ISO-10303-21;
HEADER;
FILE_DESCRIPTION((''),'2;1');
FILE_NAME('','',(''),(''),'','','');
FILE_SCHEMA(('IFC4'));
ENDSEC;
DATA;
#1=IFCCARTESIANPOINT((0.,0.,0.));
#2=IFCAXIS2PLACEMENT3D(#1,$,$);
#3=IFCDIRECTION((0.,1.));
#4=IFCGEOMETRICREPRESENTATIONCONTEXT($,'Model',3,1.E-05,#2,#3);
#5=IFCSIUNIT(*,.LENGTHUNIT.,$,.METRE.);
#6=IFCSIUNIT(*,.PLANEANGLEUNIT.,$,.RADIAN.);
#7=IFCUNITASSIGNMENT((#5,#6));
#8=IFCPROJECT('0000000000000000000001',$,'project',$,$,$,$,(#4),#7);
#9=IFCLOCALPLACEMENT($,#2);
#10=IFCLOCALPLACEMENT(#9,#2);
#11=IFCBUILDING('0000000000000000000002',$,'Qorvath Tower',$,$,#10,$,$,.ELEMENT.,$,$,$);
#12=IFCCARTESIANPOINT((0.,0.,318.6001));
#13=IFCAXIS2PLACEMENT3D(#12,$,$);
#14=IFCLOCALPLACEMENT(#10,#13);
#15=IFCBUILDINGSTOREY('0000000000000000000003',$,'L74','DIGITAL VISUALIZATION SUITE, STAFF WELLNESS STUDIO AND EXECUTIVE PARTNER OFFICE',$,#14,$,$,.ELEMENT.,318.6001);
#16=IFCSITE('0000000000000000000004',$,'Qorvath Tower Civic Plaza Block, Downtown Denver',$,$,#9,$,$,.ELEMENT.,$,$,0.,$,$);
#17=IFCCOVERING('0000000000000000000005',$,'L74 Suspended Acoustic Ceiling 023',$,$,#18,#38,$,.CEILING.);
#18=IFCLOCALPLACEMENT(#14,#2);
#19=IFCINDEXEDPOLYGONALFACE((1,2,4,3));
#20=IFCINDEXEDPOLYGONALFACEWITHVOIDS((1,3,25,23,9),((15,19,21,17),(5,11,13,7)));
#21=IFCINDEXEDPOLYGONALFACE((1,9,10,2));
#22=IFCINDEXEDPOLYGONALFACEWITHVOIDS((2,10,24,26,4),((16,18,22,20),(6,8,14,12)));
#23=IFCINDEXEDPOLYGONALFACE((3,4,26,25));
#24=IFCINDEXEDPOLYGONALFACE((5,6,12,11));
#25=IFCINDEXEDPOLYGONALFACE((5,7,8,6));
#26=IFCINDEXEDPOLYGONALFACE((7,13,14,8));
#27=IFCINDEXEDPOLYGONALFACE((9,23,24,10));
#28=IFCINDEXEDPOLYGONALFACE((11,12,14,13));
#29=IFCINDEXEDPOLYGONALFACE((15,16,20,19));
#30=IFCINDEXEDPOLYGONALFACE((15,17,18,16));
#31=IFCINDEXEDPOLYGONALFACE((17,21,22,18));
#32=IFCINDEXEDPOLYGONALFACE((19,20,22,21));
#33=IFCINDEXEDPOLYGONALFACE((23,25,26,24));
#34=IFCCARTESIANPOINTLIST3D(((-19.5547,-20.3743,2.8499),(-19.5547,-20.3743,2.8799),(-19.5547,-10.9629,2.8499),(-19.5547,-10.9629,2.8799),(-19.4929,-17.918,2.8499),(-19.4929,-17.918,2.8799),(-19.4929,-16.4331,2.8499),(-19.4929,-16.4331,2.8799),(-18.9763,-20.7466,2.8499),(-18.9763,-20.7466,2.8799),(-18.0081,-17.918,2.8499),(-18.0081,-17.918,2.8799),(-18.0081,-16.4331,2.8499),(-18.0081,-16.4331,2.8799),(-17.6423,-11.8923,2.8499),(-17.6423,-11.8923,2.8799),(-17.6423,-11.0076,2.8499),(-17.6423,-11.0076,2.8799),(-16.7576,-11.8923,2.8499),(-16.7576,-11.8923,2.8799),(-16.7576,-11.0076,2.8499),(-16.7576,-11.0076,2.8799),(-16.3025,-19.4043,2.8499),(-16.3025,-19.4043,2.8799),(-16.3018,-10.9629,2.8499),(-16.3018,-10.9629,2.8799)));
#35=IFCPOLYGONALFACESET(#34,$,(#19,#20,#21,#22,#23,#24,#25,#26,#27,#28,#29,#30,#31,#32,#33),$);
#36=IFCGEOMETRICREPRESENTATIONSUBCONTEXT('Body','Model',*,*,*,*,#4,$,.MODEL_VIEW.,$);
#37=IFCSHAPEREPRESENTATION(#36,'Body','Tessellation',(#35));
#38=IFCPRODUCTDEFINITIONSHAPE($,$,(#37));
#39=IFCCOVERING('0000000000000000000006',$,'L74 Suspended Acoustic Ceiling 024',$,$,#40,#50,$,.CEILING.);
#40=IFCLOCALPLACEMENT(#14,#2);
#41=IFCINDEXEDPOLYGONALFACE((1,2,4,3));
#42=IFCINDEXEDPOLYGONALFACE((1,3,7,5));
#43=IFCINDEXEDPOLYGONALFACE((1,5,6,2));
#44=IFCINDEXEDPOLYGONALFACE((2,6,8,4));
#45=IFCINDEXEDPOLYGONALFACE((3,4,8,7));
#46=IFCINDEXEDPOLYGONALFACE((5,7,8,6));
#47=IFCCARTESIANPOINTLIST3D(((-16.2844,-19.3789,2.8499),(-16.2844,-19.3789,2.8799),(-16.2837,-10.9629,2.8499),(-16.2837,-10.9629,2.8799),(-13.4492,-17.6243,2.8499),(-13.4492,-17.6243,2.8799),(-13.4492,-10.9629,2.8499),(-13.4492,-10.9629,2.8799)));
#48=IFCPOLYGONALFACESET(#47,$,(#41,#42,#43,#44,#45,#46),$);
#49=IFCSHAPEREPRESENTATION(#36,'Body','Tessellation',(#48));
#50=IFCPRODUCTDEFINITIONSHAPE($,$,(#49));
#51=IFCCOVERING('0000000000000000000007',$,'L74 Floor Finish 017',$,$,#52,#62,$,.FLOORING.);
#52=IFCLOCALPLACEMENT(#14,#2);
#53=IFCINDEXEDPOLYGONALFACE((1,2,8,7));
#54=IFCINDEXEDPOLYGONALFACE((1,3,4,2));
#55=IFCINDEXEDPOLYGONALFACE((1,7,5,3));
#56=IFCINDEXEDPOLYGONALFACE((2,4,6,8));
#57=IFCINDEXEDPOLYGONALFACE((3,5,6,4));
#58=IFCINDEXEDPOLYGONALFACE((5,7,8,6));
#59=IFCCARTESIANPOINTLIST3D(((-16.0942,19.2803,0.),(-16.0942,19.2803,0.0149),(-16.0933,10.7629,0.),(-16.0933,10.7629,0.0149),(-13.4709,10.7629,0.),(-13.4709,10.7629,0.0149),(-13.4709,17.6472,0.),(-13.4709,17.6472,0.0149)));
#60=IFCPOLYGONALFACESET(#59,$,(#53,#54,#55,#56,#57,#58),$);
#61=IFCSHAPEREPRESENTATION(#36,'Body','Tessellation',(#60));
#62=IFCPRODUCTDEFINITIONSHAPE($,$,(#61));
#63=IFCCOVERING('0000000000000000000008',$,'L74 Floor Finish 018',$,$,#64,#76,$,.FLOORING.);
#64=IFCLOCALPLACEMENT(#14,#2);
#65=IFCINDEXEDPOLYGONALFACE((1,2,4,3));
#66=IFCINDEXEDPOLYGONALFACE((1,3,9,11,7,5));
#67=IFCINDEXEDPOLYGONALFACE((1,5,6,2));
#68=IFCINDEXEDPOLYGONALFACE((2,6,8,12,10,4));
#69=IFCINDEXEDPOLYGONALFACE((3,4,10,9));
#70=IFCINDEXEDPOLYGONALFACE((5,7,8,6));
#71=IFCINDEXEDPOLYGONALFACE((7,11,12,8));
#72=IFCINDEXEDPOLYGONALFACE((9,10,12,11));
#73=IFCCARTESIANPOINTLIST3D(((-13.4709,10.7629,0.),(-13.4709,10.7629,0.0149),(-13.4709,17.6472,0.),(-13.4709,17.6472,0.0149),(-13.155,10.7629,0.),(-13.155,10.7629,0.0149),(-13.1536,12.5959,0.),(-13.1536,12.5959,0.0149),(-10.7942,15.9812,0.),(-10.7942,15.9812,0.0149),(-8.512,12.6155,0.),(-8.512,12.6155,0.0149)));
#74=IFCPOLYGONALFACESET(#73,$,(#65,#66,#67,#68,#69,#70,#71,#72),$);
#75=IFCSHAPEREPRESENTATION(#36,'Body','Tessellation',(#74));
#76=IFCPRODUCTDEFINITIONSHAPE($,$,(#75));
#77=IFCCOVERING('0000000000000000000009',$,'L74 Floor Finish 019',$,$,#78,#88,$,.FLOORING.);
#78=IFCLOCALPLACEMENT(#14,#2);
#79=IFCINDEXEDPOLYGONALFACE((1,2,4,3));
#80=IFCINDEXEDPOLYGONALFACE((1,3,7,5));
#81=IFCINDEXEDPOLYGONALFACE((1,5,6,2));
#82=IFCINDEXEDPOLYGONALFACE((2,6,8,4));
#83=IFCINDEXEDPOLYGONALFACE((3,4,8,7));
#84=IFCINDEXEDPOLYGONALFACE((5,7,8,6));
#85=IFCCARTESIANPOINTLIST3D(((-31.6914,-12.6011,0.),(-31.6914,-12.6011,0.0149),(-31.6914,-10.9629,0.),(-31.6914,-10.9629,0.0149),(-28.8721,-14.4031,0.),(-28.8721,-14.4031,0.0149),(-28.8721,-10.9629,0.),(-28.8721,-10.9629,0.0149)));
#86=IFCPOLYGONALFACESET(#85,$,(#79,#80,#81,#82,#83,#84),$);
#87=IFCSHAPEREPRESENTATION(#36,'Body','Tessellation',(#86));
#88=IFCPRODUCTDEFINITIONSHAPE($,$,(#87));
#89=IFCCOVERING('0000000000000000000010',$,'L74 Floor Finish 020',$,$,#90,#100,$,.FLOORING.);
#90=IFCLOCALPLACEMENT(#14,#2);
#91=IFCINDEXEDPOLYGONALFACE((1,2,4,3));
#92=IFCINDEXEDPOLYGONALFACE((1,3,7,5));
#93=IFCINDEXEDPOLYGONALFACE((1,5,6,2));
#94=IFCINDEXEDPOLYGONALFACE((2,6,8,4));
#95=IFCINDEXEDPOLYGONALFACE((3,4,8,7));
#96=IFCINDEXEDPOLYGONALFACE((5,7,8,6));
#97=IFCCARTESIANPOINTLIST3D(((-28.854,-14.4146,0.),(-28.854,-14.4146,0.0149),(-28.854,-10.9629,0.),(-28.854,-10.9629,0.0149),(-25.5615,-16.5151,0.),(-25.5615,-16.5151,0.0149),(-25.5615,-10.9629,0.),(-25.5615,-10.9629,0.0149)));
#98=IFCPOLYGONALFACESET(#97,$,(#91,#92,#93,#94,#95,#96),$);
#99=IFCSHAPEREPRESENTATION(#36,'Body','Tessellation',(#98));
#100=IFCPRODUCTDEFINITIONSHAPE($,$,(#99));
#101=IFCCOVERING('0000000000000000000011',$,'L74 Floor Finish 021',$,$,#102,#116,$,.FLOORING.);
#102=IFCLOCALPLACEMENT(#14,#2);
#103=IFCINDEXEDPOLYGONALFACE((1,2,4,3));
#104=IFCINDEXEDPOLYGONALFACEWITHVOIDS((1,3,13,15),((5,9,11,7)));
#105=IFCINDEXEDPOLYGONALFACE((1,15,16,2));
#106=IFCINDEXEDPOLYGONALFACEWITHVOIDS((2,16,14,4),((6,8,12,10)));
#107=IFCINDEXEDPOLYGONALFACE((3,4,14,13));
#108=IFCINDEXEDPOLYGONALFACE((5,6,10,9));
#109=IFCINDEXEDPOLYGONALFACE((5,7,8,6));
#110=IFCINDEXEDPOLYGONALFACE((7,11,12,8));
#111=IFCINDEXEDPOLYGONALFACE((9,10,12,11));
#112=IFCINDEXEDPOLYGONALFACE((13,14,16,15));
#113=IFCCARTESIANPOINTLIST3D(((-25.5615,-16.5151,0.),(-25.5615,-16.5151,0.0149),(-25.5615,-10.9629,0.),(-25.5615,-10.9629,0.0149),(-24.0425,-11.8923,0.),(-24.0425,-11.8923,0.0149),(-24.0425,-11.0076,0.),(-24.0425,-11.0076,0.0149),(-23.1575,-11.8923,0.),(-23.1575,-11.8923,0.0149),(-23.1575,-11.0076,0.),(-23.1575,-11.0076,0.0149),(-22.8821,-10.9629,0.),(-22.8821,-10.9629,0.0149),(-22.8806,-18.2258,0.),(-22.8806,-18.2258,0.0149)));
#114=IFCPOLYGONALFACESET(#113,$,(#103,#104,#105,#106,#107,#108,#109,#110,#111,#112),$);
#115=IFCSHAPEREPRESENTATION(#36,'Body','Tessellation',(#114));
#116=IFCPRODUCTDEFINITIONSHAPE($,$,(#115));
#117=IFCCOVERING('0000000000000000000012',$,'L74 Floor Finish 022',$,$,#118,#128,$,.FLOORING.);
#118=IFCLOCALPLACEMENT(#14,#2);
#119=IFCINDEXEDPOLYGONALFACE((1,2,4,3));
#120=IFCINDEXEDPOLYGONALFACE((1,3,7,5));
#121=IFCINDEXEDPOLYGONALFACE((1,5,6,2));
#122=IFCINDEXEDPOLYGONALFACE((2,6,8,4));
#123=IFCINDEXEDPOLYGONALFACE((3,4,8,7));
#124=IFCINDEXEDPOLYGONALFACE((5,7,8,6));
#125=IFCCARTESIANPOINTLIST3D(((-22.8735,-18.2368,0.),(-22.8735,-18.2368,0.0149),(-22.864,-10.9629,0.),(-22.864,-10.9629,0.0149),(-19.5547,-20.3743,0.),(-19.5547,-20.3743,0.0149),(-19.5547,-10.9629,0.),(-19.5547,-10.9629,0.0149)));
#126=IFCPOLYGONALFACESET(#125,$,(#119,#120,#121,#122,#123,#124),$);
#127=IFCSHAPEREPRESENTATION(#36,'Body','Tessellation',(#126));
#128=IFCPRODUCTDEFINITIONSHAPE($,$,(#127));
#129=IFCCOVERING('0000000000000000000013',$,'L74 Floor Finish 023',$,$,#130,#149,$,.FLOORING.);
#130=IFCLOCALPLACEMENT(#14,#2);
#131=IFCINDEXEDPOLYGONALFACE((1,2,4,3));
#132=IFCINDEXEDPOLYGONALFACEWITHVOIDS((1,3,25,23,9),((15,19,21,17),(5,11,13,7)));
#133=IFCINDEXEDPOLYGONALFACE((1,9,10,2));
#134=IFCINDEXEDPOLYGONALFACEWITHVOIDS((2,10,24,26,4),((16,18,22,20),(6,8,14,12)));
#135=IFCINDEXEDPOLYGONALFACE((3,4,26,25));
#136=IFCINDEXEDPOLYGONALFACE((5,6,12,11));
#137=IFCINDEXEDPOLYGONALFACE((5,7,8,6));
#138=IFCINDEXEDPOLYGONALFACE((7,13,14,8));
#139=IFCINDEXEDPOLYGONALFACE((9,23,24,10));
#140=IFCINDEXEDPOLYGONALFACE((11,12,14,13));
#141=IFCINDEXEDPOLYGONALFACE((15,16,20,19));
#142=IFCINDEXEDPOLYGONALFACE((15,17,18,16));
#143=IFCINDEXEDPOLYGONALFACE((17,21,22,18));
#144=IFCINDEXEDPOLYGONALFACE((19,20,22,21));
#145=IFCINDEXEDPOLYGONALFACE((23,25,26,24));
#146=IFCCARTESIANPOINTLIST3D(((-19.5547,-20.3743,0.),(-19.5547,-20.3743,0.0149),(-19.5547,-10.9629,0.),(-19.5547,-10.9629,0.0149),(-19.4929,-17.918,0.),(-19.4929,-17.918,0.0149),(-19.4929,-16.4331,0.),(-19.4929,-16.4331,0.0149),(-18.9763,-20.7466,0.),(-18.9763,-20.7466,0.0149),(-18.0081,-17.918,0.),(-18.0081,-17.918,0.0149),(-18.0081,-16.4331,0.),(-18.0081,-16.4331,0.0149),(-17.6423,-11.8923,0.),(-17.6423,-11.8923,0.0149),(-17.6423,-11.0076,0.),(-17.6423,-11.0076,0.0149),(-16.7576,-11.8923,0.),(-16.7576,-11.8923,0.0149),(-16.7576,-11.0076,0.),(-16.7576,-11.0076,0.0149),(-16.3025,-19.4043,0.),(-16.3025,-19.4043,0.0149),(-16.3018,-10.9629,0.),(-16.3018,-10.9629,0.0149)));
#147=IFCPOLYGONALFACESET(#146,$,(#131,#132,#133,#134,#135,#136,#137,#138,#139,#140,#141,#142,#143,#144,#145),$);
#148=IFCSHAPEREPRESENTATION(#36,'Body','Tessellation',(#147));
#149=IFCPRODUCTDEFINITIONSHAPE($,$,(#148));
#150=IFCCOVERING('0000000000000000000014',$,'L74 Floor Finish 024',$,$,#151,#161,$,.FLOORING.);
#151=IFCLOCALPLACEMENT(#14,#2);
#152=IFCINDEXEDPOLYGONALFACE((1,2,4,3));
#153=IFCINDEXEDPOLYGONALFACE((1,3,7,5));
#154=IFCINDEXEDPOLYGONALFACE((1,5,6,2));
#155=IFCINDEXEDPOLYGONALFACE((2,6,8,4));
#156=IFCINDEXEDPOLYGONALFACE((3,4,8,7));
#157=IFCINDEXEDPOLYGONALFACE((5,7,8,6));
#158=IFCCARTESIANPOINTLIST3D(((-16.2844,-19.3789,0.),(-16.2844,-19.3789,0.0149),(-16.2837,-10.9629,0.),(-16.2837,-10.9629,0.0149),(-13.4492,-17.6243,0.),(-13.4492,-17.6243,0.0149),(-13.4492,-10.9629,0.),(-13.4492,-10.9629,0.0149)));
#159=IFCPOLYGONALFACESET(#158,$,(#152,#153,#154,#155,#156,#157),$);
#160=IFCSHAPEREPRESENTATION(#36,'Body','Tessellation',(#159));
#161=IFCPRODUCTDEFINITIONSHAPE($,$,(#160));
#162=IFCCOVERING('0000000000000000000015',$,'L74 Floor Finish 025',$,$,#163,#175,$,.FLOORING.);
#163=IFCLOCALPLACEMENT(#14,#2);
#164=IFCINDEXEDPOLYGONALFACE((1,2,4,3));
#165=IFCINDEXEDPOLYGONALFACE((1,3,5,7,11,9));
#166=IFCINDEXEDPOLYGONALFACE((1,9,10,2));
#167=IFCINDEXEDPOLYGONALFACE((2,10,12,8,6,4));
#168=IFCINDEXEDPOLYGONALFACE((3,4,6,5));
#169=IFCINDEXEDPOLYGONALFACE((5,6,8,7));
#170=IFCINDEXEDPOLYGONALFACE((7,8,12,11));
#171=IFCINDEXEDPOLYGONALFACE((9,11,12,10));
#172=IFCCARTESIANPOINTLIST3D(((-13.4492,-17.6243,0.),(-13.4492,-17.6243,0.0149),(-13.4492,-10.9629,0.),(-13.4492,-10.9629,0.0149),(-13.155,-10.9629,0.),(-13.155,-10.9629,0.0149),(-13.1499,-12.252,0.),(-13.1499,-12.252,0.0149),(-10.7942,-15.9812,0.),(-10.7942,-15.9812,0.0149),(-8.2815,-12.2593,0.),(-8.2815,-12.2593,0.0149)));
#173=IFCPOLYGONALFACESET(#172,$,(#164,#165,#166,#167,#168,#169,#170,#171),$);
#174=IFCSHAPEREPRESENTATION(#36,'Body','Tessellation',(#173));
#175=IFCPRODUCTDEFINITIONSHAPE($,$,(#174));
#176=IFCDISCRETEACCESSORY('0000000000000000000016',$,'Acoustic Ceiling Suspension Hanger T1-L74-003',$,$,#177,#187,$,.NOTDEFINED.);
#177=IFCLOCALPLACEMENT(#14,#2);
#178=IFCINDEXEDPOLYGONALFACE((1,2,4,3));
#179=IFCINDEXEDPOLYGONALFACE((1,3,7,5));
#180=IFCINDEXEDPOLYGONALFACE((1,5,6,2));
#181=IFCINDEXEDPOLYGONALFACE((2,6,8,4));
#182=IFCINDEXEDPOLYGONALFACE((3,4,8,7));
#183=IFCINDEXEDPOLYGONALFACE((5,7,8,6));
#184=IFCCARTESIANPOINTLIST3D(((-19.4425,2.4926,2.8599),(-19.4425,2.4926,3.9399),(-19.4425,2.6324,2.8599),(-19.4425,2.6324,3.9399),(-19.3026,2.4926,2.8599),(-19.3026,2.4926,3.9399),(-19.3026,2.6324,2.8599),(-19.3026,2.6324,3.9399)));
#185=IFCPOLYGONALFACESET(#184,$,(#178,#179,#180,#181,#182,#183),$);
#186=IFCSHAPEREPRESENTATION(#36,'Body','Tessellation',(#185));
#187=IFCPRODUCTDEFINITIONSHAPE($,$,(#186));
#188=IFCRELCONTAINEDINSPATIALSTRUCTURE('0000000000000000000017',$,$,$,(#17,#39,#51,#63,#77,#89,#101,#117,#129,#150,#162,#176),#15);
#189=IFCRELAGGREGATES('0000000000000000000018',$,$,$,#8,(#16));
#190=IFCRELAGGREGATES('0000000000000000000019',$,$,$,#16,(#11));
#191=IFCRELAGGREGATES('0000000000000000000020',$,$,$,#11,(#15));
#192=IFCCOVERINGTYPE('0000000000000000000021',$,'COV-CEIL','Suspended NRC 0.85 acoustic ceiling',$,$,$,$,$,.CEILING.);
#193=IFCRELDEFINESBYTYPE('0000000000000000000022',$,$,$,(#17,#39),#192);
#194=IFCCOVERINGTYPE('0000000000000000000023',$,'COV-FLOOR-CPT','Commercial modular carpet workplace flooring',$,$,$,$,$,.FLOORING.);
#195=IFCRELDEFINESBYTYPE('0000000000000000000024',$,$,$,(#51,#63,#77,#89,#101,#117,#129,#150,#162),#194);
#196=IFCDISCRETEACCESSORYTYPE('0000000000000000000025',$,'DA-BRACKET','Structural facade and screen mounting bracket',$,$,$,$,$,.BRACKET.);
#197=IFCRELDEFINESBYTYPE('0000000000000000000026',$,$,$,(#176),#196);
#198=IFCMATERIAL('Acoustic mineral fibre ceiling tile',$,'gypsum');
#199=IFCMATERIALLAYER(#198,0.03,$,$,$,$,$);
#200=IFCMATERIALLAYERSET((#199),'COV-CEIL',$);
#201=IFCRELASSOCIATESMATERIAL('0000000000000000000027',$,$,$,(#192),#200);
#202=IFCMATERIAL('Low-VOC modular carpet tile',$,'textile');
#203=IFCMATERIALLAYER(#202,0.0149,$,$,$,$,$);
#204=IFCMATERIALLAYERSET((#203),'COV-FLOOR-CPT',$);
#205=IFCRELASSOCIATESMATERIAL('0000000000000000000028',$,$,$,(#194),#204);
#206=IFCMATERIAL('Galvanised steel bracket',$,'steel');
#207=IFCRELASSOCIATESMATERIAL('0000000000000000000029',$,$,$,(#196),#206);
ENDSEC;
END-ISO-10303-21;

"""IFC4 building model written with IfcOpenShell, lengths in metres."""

from ifc_helpers import new_model, si_unit, direction, frame, origin, origin_2d, place, context, subcontext, project, spatial, polyline, rectangle, outline, extrude, material, layer, layer_set, type_object, element, save


model = new_model("IFC4")

# Units and contexts
model_context = context("Model", 3, precision=1e-05, world=origin(), true_north=direction((0.0, 1.0)))
body_context = subcontext(model_context, "Body", "Model", "MODEL_VIEW")
ifc_project = project(units=[si_unit("LENGTHUNIT", "METRE"), si_unit("PLANEANGLEUNIT", "RADIAN")], contexts=[model_context])

# Site, building, storey
site_placement = place(None, origin())
site = spatial("IfcSite", under=ifc_project, at=site_placement, Name="Qorvath Tower Civic Plaza Block, Downtown Denver", CompositionType="ELEMENT", RefElevation=0.0)
building_placement = place(site_placement, origin())
building = spatial("IfcBuilding", under=site, at=building_placement, Name="Qorvath Tower", CompositionType="ELEMENT")
storey_placement = place(building_placement, frame((0.0, 0.0, 318.6001)))
storey = spatial("IfcBuildingStorey", under=building, at=storey_placement, Name="L74", Description="DIGITAL VISUALIZATION SUITE, STAFF WELLNESS STUDIO AND EXECUTIVE PARTNER OFFICE", CompositionType="ELEMENT", Elevation=318.6001)

# Coverings
ifc_material_1 = material(Name="Acoustic mineral fibre ceiling tile", Category="gypsum")
ifc_layer_1 = layer(ifc_material_1, 0.03)
ifc_layer_set_1 = layer_set([ifc_layer_1], Name="COV-CEIL")
covering_type_1 = type_object("IfcCoveringType", Name="COV-CEIL", Description="Suspended NRC 0.85 acoustic ceiling", PredefinedType="CEILING", material=ifc_layer_set_1)
covering_1_placement = place(storey_placement, frame((0.0, 0.0, 2.8499)))
element("IfcCovering", 1, at=covering_1_placement, inside=storey, type_object=covering_type_1, Name="L74 Suspended Acoustic Ceiling 023", PredefinedType="CEILING", context=body_context, shape_type="SweptSolid", body=[
    extrude(outline(polyline([(-19.5547, -10.9629), (-19.5547, -20.3743), (-18.9763, -20.7466), (-16.3025, -19.4043), (-16.3018, -10.9629), (-19.5547, -10.9629)]), holes=[polyline([(-17.6423, -11.8923), (-17.6423, -11.0076), (-16.7576, -11.0076), (-16.7576, -11.8923), (-17.6423, -11.8923)]), polyline([(-19.4929, -17.918), (-19.4929, -16.4331), (-18.0081, -16.4331), (-18.0081, -17.918), (-19.4929, -17.918)])]), origin(), (0.0, 0.0, 1.0), 0.03),
])
covering_2_placement = place(storey_placement, frame((0.0, 0.0, 2.8499)))
element("IfcCovering", 2, at=covering_2_placement, inside=storey, type_object=covering_type_1, Name="L74 Suspended Acoustic Ceiling 024", PredefinedType="CEILING", context=body_context, shape_type="SweptSolid", body=[
    extrude(outline(polyline([(-13.4492, -17.6243), (-13.4492, -10.9629), (-16.2837, -10.9629), (-16.2844, -19.3789), (-13.4492, -17.6243)])), origin(), (0.0, 0.0, 1.0), 0.03),
])
ifc_material_2 = material(Name="Low-VOC modular carpet tile", Category="textile")
ifc_layer_2 = layer(ifc_material_2, 0.0149)
ifc_layer_set_2 = layer_set([ifc_layer_2], Name="COV-FLOOR-CPT")
covering_type_2 = type_object("IfcCoveringType", Name="COV-FLOOR-CPT", Description="Commercial modular carpet workplace flooring", PredefinedType="FLOORING", material=ifc_layer_set_2)
covering_3_placement = place(storey_placement, origin())
element("IfcCovering", 3, at=covering_3_placement, inside=storey, type_object=covering_type_2, Name="L74 Floor Finish 017", PredefinedType="FLOORING", context=body_context, shape_type="SweptSolid", body=[
    extrude(outline(polyline([(-13.4709, 10.7629), (-13.4709, 17.6472), (-16.0942, 19.2803), (-16.0933, 10.7629), (-13.4709, 10.7629)])), origin(), (0.0, 0.0, 1.0), 0.0149),
])
covering_4_placement = place(storey_placement, origin())
element("IfcCovering", 4, at=covering_4_placement, inside=storey, type_object=covering_type_2, Name="L74 Floor Finish 018", PredefinedType="FLOORING", context=body_context, shape_type="SweptSolid", body=[
    extrude(outline(polyline([(-13.1536, 12.5959), (-8.512, 12.6155), (-10.7942, 15.9812), (-13.4709, 17.6472), (-13.4709, 10.7629), (-13.155, 10.7629), (-13.1536, 12.5959)])), origin(), (0.0, 0.0, 1.0), 0.0149),
])
covering_5_placement = place(storey_placement, origin())
element("IfcCovering", 5, at=covering_5_placement, inside=storey, type_object=covering_type_2, Name="L74 Floor Finish 019", PredefinedType="FLOORING", context=body_context, shape_type="SweptSolid", body=[
    extrude(outline(polyline([(-31.6914, -12.6011), (-28.8721, -14.4031), (-28.8721, -10.9629), (-31.6914, -10.9629), (-31.6914, -12.6011)])), origin(), (0.0, 0.0, 1.0), 0.0149),
])
covering_6_placement = place(storey_placement, origin())
element("IfcCovering", 6, at=covering_6_placement, inside=storey, type_object=covering_type_2, Name="L74 Floor Finish 020", PredefinedType="FLOORING", context=body_context, shape_type="SweptSolid", body=[
    extrude(outline(polyline([(-28.854, -14.4146), (-25.5615, -16.5151), (-25.5615, -10.9629), (-28.854, -10.9629), (-28.854, -14.4146)])), origin(), (0.0, 0.0, 1.0), 0.0149),
])
covering_7_placement = place(storey_placement, origin())
element("IfcCovering", 7, at=covering_7_placement, inside=storey, type_object=covering_type_2, Name="L74 Floor Finish 021", PredefinedType="FLOORING", context=body_context, shape_type="SweptSolid", body=[
    extrude(outline(polyline([(-25.5615, -10.9629), (-25.5615, -16.5151), (-22.8806, -18.2258), (-22.8821, -10.9629), (-25.5615, -10.9629)]), holes=[polyline([(-24.0425, -11.8923), (-24.0425, -11.0076), (-23.1575, -11.0076), (-23.1575, -11.8923), (-24.0425, -11.8923)])]), origin(), (0.0, 0.0, 1.0), 0.0149),
])
covering_8_placement = place(storey_placement, origin())
element("IfcCovering", 8, at=covering_8_placement, inside=storey, type_object=covering_type_2, Name="L74 Floor Finish 022", PredefinedType="FLOORING", context=body_context, shape_type="SweptSolid", body=[
    extrude(outline(polyline([(-22.8735, -18.2368), (-19.5547, -20.3743), (-19.5547, -10.9629), (-22.864, -10.9629), (-22.8735, -18.2368)])), origin(), (0.0, 0.0, 1.0), 0.0149),
])
covering_9_placement = place(storey_placement, origin())
element("IfcCovering", 9, at=covering_9_placement, inside=storey, type_object=covering_type_2, Name="L74 Floor Finish 023", PredefinedType="FLOORING", context=body_context, shape_type="SweptSolid", body=[
    extrude(outline(polyline([(-19.5547, -10.9629), (-19.5547, -20.3743), (-18.9763, -20.7466), (-16.3025, -19.4043), (-16.3018, -10.9629), (-19.5547, -10.9629)]), holes=[polyline([(-17.6423, -11.8923), (-17.6423, -11.0076), (-16.7576, -11.0076), (-16.7576, -11.8923), (-17.6423, -11.8923)]), polyline([(-19.4929, -17.918), (-19.4929, -16.4331), (-18.0081, -16.4331), (-18.0081, -17.918), (-19.4929, -17.918)])]), origin(), (0.0, 0.0, 1.0), 0.0149),
])
covering_10_placement = place(storey_placement, origin())
element("IfcCovering", 10, at=covering_10_placement, inside=storey, type_object=covering_type_2, Name="L74 Floor Finish 024", PredefinedType="FLOORING", context=body_context, shape_type="SweptSolid", body=[
    extrude(outline(polyline([(-13.4492, -17.6243), (-13.4492, -10.9629), (-16.2837, -10.9629), (-16.2844, -19.3789), (-13.4492, -17.6243)])), origin(), (0.0, 0.0, 1.0), 0.0149),
])
covering_11_placement = place(storey_placement, origin())
element("IfcCovering", 11, at=covering_11_placement, inside=storey, type_object=covering_type_2, Name="L74 Floor Finish 025", PredefinedType="FLOORING", context=body_context, shape_type="SweptSolid", body=[
    extrude(outline(polyline([(-13.155, -10.9629), (-13.4492, -10.9629), (-13.4492, -17.6243), (-10.7942, -15.9812), (-8.2815, -12.2593), (-13.1499, -12.252), (-13.155, -10.9629)])), origin(), (0.0, 0.0, 1.0), 0.0149),
])

# Discrete accessory
ifc_material_3 = material(Name="Galvanised steel bracket", Category="steel")
discrete_accessory_type = type_object("IfcDiscreteAccessoryType", Name="DA-BRACKET", Description="Structural facade and screen mounting bracket", PredefinedType="BRACKET", material=ifc_material_3)
for number, where, z_axis, x_axis, name in (
    (12, (-19.3726, 2.5625, 2.8599), (0.0, 0.0, 1.0), (1.0, 0.0, 0.0), "Acoustic Ceiling Suspension Hanger T1-L74-003"),
):
    element("IfcDiscreteAccessory", number, at=place(storey_placement, frame(where, z_axis=z_axis, x_axis=x_axis)), inside=storey, type_object=discrete_accessory_type, Name=name, PredefinedType="NOTDEFINED", context=body_context, shape_type="SweptSolid", body=[
        extrude(rectangle(XDim=0.1399, YDim=0.1399, at=origin_2d()), origin(), (0.0, 0.0, 1.0), 1.0801),
    ])

save(model, "model.ifc")
